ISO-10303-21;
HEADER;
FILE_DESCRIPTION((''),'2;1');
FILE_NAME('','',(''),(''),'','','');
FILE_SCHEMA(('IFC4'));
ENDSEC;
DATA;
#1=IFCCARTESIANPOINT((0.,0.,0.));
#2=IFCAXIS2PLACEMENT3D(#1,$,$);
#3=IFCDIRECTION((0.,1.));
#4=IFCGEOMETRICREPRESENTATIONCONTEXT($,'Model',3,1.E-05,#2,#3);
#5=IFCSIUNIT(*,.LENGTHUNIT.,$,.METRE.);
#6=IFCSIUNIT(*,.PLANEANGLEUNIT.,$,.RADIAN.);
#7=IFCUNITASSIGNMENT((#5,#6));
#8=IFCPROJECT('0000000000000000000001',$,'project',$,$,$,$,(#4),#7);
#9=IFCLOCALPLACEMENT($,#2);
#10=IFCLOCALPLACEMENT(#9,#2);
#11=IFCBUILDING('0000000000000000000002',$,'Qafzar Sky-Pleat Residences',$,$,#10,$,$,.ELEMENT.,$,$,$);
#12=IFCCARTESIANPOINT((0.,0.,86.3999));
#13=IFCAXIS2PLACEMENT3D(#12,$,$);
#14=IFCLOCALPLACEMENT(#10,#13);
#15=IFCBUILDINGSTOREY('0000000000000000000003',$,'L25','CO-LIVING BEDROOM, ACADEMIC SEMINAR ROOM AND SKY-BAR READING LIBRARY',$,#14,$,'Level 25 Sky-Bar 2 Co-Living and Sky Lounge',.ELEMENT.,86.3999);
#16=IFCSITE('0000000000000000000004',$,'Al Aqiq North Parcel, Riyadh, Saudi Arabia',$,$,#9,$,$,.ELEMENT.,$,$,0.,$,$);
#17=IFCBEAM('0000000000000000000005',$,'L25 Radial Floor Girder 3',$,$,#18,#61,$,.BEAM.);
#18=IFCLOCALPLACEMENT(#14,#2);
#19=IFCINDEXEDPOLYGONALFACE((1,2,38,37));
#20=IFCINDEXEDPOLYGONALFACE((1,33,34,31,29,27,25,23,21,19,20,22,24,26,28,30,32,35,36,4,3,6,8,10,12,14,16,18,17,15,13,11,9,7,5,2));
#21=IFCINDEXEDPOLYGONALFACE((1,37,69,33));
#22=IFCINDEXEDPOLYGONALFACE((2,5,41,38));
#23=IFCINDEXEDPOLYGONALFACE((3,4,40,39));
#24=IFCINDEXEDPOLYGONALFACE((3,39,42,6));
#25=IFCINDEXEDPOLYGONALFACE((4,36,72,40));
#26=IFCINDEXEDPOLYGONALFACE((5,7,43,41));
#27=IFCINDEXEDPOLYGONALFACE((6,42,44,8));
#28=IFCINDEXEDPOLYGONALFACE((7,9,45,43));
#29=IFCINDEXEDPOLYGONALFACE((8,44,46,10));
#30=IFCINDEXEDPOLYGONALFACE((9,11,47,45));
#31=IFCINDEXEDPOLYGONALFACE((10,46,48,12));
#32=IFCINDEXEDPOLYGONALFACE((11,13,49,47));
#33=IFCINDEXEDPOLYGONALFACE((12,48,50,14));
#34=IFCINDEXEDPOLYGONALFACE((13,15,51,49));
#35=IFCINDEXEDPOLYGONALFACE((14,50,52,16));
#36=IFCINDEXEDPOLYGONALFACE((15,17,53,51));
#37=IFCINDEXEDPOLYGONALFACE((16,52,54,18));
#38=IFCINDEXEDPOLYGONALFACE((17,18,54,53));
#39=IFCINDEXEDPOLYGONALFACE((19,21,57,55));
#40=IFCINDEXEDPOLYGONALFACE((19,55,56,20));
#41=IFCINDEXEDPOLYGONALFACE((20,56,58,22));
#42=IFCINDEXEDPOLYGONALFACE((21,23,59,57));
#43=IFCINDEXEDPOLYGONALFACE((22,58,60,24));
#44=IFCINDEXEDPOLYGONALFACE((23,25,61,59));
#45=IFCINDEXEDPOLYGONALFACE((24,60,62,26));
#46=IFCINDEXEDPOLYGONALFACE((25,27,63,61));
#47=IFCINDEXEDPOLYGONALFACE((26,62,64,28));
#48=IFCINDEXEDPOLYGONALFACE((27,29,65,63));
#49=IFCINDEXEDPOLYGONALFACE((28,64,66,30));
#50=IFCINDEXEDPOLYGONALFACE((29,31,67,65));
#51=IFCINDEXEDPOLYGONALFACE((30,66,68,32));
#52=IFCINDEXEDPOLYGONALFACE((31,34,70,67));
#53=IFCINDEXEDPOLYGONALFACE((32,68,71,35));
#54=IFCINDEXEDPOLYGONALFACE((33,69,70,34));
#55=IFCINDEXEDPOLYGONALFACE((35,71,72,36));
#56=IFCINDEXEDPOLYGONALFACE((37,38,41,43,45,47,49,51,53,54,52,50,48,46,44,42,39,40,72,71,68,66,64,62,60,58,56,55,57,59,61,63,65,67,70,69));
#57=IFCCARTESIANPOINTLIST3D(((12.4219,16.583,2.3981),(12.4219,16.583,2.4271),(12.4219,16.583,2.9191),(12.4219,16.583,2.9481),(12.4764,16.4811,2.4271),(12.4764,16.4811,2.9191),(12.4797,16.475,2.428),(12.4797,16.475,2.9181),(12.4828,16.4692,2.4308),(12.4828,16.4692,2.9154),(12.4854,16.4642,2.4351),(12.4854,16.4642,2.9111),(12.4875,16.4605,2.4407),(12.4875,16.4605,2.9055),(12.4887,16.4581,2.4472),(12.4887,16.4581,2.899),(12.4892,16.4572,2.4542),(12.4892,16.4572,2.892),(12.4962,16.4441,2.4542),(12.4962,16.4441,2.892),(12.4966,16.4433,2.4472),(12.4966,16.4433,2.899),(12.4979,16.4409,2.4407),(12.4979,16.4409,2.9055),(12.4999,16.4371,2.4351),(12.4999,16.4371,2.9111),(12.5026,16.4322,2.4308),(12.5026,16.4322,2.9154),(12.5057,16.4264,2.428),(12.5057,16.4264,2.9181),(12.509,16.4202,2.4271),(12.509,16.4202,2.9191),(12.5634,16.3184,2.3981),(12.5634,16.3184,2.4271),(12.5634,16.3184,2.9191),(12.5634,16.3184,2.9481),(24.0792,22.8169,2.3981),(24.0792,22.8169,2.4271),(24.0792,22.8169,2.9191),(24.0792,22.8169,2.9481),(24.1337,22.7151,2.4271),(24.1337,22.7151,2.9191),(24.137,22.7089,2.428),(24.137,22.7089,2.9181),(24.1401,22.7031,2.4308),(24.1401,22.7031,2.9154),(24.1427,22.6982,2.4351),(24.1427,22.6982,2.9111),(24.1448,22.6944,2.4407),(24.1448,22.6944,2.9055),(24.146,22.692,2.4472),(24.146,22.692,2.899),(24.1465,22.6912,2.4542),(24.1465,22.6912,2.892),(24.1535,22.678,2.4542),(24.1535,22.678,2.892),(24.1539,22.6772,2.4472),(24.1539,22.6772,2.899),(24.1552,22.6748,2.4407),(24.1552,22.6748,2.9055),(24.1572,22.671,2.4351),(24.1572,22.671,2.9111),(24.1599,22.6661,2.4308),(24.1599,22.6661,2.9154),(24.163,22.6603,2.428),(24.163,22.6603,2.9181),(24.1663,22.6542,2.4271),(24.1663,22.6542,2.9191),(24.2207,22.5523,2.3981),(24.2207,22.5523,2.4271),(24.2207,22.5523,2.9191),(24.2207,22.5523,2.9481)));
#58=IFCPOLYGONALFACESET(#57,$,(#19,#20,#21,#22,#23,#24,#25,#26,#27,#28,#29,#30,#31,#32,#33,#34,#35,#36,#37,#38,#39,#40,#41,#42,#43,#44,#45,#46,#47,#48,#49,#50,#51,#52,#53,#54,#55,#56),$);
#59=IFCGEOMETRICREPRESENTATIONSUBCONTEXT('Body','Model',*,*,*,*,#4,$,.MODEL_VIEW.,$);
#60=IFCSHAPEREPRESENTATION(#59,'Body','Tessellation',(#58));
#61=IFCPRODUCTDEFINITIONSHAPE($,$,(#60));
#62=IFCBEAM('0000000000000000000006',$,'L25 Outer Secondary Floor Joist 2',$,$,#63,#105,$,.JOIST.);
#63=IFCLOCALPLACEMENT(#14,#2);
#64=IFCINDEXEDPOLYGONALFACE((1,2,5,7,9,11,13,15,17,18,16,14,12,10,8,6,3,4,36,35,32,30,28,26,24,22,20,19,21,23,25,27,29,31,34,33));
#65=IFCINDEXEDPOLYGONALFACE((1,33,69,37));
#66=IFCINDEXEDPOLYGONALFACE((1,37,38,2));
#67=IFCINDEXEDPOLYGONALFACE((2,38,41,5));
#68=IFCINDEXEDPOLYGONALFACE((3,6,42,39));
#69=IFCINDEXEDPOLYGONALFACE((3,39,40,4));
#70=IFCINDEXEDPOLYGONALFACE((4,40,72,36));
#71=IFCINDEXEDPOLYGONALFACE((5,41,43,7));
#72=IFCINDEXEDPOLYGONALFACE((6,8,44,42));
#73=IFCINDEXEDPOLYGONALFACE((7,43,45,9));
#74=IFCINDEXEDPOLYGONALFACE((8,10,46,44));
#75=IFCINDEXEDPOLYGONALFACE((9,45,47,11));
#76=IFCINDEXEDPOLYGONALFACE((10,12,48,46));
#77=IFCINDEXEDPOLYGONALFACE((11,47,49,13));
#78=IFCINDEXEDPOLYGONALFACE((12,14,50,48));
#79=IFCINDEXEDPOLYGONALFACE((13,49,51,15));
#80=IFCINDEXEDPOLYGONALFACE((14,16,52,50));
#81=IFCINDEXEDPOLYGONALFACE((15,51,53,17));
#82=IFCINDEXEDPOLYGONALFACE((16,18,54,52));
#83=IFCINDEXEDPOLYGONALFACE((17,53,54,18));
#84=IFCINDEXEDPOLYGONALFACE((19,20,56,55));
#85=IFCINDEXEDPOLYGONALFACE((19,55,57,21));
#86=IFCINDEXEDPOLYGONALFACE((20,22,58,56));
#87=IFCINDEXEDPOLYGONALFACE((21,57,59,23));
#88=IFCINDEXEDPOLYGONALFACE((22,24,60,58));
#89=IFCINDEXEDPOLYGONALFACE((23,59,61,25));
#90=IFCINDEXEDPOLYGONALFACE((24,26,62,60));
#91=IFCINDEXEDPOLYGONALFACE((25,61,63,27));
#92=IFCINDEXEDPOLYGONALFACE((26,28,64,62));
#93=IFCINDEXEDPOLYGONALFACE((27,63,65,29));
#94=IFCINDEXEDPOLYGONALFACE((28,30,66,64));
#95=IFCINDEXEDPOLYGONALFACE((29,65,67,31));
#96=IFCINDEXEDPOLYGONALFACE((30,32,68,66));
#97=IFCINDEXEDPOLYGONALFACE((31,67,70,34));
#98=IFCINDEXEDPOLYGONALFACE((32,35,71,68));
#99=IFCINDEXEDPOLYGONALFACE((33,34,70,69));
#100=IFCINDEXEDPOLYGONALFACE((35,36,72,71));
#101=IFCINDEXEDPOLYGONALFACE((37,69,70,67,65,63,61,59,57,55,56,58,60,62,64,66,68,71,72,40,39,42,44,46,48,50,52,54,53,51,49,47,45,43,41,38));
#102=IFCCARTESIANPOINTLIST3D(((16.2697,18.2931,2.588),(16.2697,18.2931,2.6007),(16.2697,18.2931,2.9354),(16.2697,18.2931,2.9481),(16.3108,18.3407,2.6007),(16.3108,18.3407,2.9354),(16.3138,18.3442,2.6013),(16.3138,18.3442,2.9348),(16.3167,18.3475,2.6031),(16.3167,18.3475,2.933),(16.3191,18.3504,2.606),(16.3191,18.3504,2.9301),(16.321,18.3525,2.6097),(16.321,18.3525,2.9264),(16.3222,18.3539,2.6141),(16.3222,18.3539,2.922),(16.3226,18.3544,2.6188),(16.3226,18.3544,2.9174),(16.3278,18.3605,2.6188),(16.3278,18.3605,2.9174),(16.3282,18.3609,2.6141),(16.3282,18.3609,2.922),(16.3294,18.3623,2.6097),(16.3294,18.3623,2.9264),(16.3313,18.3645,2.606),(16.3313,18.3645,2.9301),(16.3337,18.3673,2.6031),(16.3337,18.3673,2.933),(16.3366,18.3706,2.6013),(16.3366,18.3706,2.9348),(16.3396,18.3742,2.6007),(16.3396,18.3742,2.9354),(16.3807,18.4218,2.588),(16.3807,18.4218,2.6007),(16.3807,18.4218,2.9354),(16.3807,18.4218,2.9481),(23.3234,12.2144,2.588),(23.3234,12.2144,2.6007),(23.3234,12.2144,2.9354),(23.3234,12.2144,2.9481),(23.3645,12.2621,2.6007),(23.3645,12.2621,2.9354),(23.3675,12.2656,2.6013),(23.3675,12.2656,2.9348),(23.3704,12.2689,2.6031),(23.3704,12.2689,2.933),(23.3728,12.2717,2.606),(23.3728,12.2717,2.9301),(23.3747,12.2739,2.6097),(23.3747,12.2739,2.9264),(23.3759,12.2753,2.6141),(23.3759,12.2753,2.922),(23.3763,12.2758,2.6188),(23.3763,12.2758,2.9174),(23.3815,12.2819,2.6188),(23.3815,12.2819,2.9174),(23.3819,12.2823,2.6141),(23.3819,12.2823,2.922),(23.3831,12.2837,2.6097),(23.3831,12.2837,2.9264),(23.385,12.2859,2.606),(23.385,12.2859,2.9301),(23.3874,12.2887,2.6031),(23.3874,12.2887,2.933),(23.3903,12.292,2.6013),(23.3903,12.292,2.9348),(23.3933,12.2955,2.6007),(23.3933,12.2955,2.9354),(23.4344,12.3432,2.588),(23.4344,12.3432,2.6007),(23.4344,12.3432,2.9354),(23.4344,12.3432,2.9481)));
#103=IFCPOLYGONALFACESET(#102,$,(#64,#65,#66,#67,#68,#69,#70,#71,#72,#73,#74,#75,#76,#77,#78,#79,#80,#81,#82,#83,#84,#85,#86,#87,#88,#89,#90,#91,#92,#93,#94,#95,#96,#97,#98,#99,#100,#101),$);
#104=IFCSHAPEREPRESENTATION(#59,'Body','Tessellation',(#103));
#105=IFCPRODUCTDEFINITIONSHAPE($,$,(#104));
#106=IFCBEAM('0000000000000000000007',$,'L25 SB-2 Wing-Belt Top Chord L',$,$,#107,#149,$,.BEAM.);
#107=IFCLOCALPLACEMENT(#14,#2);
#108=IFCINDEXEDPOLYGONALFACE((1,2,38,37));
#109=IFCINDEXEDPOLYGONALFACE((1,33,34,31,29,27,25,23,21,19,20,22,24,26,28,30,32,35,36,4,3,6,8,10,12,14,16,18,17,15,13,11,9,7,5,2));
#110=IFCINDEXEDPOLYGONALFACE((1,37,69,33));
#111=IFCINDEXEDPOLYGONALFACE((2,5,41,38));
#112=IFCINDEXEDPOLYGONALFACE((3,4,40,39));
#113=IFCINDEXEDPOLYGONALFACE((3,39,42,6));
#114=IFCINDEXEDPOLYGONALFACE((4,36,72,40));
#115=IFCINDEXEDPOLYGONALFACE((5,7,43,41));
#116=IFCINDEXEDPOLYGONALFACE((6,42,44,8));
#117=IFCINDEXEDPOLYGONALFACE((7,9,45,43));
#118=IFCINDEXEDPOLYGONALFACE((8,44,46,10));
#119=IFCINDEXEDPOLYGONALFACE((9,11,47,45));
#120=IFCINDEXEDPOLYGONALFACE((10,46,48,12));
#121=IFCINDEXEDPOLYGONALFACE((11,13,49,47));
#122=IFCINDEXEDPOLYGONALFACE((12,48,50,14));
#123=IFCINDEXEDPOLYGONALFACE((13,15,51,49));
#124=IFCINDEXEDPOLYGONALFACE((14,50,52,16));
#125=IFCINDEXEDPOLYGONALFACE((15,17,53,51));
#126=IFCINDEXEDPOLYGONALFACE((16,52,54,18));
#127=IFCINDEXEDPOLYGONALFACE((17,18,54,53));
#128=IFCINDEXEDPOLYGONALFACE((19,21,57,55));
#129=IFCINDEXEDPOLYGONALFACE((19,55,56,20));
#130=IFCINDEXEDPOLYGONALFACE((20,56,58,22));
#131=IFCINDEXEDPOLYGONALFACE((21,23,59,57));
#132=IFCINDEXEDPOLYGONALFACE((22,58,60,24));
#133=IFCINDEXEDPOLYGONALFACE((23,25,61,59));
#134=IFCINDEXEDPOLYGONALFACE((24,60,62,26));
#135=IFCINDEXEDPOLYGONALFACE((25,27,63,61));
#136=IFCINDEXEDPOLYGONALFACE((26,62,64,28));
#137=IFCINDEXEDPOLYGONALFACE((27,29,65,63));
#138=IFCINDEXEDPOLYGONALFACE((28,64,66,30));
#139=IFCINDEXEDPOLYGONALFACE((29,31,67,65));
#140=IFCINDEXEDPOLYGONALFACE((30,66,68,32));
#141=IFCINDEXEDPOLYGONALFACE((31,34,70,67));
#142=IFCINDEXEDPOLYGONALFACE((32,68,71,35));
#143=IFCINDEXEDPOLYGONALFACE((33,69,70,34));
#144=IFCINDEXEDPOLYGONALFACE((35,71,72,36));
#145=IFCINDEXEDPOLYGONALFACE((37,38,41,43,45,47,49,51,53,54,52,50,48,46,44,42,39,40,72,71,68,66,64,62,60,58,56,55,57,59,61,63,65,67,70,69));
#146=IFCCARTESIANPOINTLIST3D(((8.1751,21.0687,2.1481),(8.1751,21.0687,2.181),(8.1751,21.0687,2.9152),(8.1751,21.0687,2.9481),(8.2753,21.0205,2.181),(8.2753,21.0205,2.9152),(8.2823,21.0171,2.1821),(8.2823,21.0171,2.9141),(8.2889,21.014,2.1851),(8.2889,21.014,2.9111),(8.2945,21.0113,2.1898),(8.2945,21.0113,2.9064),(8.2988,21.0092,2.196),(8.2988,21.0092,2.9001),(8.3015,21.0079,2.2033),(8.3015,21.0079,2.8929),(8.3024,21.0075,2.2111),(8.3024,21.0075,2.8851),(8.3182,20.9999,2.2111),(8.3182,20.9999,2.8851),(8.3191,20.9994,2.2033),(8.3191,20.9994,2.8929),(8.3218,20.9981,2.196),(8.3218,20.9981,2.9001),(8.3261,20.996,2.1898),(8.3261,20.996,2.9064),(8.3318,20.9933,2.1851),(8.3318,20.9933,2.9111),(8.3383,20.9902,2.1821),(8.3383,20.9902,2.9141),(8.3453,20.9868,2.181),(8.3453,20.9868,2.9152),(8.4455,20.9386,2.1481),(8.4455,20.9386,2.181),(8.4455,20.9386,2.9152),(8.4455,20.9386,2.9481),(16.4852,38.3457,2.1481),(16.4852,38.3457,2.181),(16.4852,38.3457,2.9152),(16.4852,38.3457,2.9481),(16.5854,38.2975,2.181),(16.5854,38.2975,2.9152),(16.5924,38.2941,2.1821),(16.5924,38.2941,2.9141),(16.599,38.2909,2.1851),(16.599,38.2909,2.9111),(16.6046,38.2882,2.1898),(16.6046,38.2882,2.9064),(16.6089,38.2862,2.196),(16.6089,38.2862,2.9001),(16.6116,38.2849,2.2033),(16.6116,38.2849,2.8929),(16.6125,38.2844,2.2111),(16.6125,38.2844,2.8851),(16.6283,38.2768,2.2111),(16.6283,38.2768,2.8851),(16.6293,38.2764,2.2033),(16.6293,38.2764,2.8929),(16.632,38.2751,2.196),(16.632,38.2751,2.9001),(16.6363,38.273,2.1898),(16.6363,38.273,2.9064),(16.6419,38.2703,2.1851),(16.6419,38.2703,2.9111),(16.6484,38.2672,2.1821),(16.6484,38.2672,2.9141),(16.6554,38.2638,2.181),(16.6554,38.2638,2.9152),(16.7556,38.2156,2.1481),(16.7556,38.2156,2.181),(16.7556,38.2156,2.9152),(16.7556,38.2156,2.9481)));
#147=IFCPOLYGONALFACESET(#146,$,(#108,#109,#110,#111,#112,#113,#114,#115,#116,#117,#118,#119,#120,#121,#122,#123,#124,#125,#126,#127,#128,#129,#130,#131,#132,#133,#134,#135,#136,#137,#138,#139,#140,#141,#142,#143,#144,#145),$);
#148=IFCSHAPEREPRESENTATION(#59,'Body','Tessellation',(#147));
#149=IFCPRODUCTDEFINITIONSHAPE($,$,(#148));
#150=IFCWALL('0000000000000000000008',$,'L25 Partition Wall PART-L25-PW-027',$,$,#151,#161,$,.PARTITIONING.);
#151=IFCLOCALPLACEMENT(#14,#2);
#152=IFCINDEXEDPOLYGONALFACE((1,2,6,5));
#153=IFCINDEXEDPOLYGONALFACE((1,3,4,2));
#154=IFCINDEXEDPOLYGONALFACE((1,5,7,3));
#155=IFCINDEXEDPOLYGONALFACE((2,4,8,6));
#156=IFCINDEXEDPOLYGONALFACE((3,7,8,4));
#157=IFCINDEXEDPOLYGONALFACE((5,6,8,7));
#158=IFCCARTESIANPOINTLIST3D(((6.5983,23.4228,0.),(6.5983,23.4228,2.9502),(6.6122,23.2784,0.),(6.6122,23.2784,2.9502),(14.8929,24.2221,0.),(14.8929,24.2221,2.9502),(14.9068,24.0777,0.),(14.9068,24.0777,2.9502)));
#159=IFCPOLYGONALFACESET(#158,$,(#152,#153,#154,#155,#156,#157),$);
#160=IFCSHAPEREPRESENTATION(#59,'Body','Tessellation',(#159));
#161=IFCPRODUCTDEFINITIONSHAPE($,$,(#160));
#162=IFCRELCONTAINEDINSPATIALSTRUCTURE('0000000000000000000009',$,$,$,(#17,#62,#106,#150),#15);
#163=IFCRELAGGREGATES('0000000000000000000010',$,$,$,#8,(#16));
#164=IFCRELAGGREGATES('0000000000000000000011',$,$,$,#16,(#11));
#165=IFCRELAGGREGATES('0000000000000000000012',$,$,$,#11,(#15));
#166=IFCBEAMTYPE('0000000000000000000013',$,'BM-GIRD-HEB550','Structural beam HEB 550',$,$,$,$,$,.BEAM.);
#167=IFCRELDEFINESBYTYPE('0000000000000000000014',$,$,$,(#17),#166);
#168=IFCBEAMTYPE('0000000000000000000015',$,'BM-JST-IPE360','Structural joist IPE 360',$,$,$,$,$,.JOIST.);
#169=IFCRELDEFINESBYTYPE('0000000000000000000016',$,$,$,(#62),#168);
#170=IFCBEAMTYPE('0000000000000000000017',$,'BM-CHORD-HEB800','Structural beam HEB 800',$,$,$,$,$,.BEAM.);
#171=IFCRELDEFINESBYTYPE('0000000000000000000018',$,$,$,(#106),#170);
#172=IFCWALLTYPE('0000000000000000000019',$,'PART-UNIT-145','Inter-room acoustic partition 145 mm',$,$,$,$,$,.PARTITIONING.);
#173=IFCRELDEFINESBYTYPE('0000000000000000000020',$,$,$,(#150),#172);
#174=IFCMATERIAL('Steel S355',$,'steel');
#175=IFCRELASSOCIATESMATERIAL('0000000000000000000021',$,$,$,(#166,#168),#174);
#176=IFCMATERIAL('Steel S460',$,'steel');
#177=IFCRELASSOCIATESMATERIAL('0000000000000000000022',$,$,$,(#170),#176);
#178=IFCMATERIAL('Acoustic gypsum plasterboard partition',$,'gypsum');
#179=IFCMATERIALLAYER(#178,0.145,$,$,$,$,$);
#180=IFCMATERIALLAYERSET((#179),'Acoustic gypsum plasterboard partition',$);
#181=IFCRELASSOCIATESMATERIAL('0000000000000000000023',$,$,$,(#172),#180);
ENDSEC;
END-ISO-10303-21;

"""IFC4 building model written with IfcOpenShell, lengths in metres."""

from ifc_helpers import new_model, si_unit, direction, frame, frame_2d, origin, origin_2d, place, context, subcontext, project, spatial, rectangle, i_section, extrude, source, transform, mapped, material, layer, layer_set, material_profile, profile_set, type_object, element, save


model = new_model("IFC4")

# Units and contexts
model_context = context("Model", 3, precision=1e-05, world=origin(), true_north=direction((0.0, 1.0)))
body_context = subcontext(model_context, "Body", "Model", "MODEL_VIEW")
ifc_project = project(units=[si_unit("LENGTHUNIT", "METRE"), si_unit("PLANEANGLEUNIT", "RADIAN")], contexts=[model_context])

# Site, building, storey
site_placement = place(None, origin())
site = spatial("IfcSite", under=ifc_project, at=site_placement, Name="Al Aqiq North Parcel, Riyadh, Saudi Arabia", CompositionType="ELEMENT", RefElevation=0.0)
building_placement = place(site_placement, origin())
building = spatial("IfcBuilding", under=site, at=building_placement, Name="Qafzar Sky-Pleat Residences", CompositionType="ELEMENT")
storey_placement = place(building_placement, frame((0.0, 0.0, 86.3999)))
storey = spatial("IfcBuildingStorey", under=building, at=storey_placement, Name="L25", Description="CO-LIVING BEDROOM, ACADEMIC SEMINAR ROOM AND SKY-BAR READING LIBRARY", LongName="Level 25 Sky-Bar 2 Co-Living and Sky Lounge", CompositionType="ELEMENT", Elevation=86.3999)

# Shared definitions
ifc_material_1 = material(Name="Steel S460", Category="steel")

# Beams
ifc_material_2 = material(Name="Steel S355", Category="steel")
ifc_material_profile_1 = material_profile(ifc_material_2, i_section(OverallWidth=0.3, OverallDepth=0.55, WebThickness=0.0149, FlangeThickness=0.0291, FilletRadius=0.0271, at=origin_2d()), Name="HEB 550")
ifc_profile_set_1 = profile_set([ifc_material_profile_1], Name="Steel S355")
beam_type_1 = type_object("IfcBeamType", Name="BM-GIRD-HEB550", Description="Structural beam HEB 550", PredefinedType="BEAM", material=ifc_profile_set_1)
shared_shape_1 = source(origin(), body_context, "Body", "SweptSolid", [
    extrude(i_section(OverallWidth=0.3, OverallDepth=0.55, WebThickness=0.0149, FlangeThickness=0.0291, FilletRadius=0.0271, at=origin_2d()), origin(), (0.0, 0.0, 1.0), 13.2195),
])
beam_1_placement = place(storey_placement, frame((12.4927, 16.4507, 2.6731), z_axis=(0.881828, 0.471571, 0.0), x_axis=(-0.471571, 0.881828, 0.0)))
element("IfcBeam", 1, at=beam_1_placement, inside=storey, type_object=beam_type_1, Name="L25 Radial Floor Girder 3", PredefinedType="BEAM", context=body_context, shape_type="MappedRepresentation", body=[
    mapped(shared_shape_1, transform((0.0, 0.0, 0.0), x_axis=(1.0, 0.0, 0.0), y_axis=(0.0, 1.0, 0.0), z_axis=(0.0, 0.0, 1.0), scale=1.0)),
])
ifc_material_profile_2 = material_profile(ifc_material_2, i_section(OverallWidth=0.1699, OverallDepth=0.3601, WebThickness=0.0081, FlangeThickness=0.0127, FilletRadius=0.0181, at=origin_2d()), Name="IPE 360")
ifc_profile_set_2 = profile_set([ifc_material_profile_2], Name="Steel S355")
beam_type_2 = type_object("IfcBeamType", Name="BM-JST-IPE360", Description="Structural joist IPE 360", PredefinedType="JOIST", material=ifc_profile_set_2)
shared_shape_2 = source(origin(), body_context, "Body", "SweptSolid", [
    extrude(i_section(OverallWidth=0.1699, OverallDepth=0.3601, WebThickness=0.0081, FlangeThickness=0.0127, FilletRadius=0.0181, at=origin_2d()), origin(), (0.0, 0.0, 1.0), 9.3115),
])
beam_2_placement = place(storey_placement, frame((16.3252, 18.3574, 2.7681), z_axis=(0.757525, -0.652806, 0.0), x_axis=(0.652806, 0.757525, 0.0)))
element("IfcBeam", 2, at=beam_2_placement, inside=storey, type_object=beam_type_2, Name="L25 Outer Secondary Floor Joist 2", PredefinedType="JOIST", context=body_context, shape_type="MappedRepresentation", body=[
    mapped(shared_shape_2, transform((0.0, 0.0, 0.0), x_axis=(1.0, 0.0, 0.0), y_axis=(0.0, 1.0, 0.0), z_axis=(0.0, 0.0, 1.0), scale=1.0)),
])
ifc_material_profile_3 = material_profile(ifc_material_1, i_section(OverallWidth=0.3, OverallDepth=0.8, WebThickness=0.0176, FlangeThickness=0.033, FilletRadius=0.03, at=origin_2d()), Name="HEB 800")
ifc_profile_set_3 = profile_set([ifc_material_profile_3], Name="Steel S460")
beam_type_3 = type_object("IfcBeamType", Name="BM-CHORD-HEB800", Description="Structural beam HEB 800", PredefinedType="BEAM", material=ifc_profile_set_3)
shared_shape_3 = source(origin(), body_context, "Body", "SweptSolid", [
    extrude(i_section(OverallWidth=0.3, OverallDepth=0.8, WebThickness=0.0176, FlangeThickness=0.033, FilletRadius=0.03, at=origin_2d()), origin(), (0.0, 0.0, 1.0), 19.1716),
])
beam_3_placement = place(storey_placement, frame((8.3103, 21.0037, 2.5481), z_axis=(0.433459, 0.901173, 0.0), x_axis=(-0.901173, 0.433459, 0.0)))
element("IfcBeam", 3, at=beam_3_placement, inside=storey, type_object=beam_type_3, Name="L25 SB-2 Wing-Belt Top Chord L", PredefinedType="BEAM", context=body_context, shape_type="MappedRepresentation", body=[
    mapped(shared_shape_3, transform((0.0, 0.0, 0.0), x_axis=(1.0, 0.0, 0.0), y_axis=(0.0, 1.0, 0.0), z_axis=(0.0, 0.0, 1.0), scale=1.0)),
])

# Wall
ifc_material_3 = material(Name="Acoustic gypsum plasterboard partition", Category="gypsum")
ifc_layer_1 = layer(ifc_material_3, 0.145)
ifc_layer_set_1 = layer_set([ifc_layer_1], Name="Acoustic gypsum plasterboard partition")
wall_type_1 = type_object("IfcWallType", Name="PART-UNIT-145", Description="Inter-room acoustic partition 145 mm", PredefinedType="PARTITIONING", material=ifc_layer_set_1)
wall_1_placement = place(storey_placement, frame((6.6052, 23.3506, 0.0), z_axis=(0.0, 0.0, 1.0), x_axis=(0.995389, 0.095921, 0.0)))
element("IfcWall", 4, at=wall_1_placement, inside=storey, type_object=wall_type_1, Name="L25 Partition Wall PART-L25-PW-027", PredefinedType="PARTITIONING", context=body_context, shape_type="SweptSolid", body=[
    extrude(rectangle(XDim=8.333, YDim=0.145, at=frame_2d((4.1665, 0.0))), origin(), (0.0, 0.0, 1.0), 2.9502),
])

save(model, "model.ifc")
